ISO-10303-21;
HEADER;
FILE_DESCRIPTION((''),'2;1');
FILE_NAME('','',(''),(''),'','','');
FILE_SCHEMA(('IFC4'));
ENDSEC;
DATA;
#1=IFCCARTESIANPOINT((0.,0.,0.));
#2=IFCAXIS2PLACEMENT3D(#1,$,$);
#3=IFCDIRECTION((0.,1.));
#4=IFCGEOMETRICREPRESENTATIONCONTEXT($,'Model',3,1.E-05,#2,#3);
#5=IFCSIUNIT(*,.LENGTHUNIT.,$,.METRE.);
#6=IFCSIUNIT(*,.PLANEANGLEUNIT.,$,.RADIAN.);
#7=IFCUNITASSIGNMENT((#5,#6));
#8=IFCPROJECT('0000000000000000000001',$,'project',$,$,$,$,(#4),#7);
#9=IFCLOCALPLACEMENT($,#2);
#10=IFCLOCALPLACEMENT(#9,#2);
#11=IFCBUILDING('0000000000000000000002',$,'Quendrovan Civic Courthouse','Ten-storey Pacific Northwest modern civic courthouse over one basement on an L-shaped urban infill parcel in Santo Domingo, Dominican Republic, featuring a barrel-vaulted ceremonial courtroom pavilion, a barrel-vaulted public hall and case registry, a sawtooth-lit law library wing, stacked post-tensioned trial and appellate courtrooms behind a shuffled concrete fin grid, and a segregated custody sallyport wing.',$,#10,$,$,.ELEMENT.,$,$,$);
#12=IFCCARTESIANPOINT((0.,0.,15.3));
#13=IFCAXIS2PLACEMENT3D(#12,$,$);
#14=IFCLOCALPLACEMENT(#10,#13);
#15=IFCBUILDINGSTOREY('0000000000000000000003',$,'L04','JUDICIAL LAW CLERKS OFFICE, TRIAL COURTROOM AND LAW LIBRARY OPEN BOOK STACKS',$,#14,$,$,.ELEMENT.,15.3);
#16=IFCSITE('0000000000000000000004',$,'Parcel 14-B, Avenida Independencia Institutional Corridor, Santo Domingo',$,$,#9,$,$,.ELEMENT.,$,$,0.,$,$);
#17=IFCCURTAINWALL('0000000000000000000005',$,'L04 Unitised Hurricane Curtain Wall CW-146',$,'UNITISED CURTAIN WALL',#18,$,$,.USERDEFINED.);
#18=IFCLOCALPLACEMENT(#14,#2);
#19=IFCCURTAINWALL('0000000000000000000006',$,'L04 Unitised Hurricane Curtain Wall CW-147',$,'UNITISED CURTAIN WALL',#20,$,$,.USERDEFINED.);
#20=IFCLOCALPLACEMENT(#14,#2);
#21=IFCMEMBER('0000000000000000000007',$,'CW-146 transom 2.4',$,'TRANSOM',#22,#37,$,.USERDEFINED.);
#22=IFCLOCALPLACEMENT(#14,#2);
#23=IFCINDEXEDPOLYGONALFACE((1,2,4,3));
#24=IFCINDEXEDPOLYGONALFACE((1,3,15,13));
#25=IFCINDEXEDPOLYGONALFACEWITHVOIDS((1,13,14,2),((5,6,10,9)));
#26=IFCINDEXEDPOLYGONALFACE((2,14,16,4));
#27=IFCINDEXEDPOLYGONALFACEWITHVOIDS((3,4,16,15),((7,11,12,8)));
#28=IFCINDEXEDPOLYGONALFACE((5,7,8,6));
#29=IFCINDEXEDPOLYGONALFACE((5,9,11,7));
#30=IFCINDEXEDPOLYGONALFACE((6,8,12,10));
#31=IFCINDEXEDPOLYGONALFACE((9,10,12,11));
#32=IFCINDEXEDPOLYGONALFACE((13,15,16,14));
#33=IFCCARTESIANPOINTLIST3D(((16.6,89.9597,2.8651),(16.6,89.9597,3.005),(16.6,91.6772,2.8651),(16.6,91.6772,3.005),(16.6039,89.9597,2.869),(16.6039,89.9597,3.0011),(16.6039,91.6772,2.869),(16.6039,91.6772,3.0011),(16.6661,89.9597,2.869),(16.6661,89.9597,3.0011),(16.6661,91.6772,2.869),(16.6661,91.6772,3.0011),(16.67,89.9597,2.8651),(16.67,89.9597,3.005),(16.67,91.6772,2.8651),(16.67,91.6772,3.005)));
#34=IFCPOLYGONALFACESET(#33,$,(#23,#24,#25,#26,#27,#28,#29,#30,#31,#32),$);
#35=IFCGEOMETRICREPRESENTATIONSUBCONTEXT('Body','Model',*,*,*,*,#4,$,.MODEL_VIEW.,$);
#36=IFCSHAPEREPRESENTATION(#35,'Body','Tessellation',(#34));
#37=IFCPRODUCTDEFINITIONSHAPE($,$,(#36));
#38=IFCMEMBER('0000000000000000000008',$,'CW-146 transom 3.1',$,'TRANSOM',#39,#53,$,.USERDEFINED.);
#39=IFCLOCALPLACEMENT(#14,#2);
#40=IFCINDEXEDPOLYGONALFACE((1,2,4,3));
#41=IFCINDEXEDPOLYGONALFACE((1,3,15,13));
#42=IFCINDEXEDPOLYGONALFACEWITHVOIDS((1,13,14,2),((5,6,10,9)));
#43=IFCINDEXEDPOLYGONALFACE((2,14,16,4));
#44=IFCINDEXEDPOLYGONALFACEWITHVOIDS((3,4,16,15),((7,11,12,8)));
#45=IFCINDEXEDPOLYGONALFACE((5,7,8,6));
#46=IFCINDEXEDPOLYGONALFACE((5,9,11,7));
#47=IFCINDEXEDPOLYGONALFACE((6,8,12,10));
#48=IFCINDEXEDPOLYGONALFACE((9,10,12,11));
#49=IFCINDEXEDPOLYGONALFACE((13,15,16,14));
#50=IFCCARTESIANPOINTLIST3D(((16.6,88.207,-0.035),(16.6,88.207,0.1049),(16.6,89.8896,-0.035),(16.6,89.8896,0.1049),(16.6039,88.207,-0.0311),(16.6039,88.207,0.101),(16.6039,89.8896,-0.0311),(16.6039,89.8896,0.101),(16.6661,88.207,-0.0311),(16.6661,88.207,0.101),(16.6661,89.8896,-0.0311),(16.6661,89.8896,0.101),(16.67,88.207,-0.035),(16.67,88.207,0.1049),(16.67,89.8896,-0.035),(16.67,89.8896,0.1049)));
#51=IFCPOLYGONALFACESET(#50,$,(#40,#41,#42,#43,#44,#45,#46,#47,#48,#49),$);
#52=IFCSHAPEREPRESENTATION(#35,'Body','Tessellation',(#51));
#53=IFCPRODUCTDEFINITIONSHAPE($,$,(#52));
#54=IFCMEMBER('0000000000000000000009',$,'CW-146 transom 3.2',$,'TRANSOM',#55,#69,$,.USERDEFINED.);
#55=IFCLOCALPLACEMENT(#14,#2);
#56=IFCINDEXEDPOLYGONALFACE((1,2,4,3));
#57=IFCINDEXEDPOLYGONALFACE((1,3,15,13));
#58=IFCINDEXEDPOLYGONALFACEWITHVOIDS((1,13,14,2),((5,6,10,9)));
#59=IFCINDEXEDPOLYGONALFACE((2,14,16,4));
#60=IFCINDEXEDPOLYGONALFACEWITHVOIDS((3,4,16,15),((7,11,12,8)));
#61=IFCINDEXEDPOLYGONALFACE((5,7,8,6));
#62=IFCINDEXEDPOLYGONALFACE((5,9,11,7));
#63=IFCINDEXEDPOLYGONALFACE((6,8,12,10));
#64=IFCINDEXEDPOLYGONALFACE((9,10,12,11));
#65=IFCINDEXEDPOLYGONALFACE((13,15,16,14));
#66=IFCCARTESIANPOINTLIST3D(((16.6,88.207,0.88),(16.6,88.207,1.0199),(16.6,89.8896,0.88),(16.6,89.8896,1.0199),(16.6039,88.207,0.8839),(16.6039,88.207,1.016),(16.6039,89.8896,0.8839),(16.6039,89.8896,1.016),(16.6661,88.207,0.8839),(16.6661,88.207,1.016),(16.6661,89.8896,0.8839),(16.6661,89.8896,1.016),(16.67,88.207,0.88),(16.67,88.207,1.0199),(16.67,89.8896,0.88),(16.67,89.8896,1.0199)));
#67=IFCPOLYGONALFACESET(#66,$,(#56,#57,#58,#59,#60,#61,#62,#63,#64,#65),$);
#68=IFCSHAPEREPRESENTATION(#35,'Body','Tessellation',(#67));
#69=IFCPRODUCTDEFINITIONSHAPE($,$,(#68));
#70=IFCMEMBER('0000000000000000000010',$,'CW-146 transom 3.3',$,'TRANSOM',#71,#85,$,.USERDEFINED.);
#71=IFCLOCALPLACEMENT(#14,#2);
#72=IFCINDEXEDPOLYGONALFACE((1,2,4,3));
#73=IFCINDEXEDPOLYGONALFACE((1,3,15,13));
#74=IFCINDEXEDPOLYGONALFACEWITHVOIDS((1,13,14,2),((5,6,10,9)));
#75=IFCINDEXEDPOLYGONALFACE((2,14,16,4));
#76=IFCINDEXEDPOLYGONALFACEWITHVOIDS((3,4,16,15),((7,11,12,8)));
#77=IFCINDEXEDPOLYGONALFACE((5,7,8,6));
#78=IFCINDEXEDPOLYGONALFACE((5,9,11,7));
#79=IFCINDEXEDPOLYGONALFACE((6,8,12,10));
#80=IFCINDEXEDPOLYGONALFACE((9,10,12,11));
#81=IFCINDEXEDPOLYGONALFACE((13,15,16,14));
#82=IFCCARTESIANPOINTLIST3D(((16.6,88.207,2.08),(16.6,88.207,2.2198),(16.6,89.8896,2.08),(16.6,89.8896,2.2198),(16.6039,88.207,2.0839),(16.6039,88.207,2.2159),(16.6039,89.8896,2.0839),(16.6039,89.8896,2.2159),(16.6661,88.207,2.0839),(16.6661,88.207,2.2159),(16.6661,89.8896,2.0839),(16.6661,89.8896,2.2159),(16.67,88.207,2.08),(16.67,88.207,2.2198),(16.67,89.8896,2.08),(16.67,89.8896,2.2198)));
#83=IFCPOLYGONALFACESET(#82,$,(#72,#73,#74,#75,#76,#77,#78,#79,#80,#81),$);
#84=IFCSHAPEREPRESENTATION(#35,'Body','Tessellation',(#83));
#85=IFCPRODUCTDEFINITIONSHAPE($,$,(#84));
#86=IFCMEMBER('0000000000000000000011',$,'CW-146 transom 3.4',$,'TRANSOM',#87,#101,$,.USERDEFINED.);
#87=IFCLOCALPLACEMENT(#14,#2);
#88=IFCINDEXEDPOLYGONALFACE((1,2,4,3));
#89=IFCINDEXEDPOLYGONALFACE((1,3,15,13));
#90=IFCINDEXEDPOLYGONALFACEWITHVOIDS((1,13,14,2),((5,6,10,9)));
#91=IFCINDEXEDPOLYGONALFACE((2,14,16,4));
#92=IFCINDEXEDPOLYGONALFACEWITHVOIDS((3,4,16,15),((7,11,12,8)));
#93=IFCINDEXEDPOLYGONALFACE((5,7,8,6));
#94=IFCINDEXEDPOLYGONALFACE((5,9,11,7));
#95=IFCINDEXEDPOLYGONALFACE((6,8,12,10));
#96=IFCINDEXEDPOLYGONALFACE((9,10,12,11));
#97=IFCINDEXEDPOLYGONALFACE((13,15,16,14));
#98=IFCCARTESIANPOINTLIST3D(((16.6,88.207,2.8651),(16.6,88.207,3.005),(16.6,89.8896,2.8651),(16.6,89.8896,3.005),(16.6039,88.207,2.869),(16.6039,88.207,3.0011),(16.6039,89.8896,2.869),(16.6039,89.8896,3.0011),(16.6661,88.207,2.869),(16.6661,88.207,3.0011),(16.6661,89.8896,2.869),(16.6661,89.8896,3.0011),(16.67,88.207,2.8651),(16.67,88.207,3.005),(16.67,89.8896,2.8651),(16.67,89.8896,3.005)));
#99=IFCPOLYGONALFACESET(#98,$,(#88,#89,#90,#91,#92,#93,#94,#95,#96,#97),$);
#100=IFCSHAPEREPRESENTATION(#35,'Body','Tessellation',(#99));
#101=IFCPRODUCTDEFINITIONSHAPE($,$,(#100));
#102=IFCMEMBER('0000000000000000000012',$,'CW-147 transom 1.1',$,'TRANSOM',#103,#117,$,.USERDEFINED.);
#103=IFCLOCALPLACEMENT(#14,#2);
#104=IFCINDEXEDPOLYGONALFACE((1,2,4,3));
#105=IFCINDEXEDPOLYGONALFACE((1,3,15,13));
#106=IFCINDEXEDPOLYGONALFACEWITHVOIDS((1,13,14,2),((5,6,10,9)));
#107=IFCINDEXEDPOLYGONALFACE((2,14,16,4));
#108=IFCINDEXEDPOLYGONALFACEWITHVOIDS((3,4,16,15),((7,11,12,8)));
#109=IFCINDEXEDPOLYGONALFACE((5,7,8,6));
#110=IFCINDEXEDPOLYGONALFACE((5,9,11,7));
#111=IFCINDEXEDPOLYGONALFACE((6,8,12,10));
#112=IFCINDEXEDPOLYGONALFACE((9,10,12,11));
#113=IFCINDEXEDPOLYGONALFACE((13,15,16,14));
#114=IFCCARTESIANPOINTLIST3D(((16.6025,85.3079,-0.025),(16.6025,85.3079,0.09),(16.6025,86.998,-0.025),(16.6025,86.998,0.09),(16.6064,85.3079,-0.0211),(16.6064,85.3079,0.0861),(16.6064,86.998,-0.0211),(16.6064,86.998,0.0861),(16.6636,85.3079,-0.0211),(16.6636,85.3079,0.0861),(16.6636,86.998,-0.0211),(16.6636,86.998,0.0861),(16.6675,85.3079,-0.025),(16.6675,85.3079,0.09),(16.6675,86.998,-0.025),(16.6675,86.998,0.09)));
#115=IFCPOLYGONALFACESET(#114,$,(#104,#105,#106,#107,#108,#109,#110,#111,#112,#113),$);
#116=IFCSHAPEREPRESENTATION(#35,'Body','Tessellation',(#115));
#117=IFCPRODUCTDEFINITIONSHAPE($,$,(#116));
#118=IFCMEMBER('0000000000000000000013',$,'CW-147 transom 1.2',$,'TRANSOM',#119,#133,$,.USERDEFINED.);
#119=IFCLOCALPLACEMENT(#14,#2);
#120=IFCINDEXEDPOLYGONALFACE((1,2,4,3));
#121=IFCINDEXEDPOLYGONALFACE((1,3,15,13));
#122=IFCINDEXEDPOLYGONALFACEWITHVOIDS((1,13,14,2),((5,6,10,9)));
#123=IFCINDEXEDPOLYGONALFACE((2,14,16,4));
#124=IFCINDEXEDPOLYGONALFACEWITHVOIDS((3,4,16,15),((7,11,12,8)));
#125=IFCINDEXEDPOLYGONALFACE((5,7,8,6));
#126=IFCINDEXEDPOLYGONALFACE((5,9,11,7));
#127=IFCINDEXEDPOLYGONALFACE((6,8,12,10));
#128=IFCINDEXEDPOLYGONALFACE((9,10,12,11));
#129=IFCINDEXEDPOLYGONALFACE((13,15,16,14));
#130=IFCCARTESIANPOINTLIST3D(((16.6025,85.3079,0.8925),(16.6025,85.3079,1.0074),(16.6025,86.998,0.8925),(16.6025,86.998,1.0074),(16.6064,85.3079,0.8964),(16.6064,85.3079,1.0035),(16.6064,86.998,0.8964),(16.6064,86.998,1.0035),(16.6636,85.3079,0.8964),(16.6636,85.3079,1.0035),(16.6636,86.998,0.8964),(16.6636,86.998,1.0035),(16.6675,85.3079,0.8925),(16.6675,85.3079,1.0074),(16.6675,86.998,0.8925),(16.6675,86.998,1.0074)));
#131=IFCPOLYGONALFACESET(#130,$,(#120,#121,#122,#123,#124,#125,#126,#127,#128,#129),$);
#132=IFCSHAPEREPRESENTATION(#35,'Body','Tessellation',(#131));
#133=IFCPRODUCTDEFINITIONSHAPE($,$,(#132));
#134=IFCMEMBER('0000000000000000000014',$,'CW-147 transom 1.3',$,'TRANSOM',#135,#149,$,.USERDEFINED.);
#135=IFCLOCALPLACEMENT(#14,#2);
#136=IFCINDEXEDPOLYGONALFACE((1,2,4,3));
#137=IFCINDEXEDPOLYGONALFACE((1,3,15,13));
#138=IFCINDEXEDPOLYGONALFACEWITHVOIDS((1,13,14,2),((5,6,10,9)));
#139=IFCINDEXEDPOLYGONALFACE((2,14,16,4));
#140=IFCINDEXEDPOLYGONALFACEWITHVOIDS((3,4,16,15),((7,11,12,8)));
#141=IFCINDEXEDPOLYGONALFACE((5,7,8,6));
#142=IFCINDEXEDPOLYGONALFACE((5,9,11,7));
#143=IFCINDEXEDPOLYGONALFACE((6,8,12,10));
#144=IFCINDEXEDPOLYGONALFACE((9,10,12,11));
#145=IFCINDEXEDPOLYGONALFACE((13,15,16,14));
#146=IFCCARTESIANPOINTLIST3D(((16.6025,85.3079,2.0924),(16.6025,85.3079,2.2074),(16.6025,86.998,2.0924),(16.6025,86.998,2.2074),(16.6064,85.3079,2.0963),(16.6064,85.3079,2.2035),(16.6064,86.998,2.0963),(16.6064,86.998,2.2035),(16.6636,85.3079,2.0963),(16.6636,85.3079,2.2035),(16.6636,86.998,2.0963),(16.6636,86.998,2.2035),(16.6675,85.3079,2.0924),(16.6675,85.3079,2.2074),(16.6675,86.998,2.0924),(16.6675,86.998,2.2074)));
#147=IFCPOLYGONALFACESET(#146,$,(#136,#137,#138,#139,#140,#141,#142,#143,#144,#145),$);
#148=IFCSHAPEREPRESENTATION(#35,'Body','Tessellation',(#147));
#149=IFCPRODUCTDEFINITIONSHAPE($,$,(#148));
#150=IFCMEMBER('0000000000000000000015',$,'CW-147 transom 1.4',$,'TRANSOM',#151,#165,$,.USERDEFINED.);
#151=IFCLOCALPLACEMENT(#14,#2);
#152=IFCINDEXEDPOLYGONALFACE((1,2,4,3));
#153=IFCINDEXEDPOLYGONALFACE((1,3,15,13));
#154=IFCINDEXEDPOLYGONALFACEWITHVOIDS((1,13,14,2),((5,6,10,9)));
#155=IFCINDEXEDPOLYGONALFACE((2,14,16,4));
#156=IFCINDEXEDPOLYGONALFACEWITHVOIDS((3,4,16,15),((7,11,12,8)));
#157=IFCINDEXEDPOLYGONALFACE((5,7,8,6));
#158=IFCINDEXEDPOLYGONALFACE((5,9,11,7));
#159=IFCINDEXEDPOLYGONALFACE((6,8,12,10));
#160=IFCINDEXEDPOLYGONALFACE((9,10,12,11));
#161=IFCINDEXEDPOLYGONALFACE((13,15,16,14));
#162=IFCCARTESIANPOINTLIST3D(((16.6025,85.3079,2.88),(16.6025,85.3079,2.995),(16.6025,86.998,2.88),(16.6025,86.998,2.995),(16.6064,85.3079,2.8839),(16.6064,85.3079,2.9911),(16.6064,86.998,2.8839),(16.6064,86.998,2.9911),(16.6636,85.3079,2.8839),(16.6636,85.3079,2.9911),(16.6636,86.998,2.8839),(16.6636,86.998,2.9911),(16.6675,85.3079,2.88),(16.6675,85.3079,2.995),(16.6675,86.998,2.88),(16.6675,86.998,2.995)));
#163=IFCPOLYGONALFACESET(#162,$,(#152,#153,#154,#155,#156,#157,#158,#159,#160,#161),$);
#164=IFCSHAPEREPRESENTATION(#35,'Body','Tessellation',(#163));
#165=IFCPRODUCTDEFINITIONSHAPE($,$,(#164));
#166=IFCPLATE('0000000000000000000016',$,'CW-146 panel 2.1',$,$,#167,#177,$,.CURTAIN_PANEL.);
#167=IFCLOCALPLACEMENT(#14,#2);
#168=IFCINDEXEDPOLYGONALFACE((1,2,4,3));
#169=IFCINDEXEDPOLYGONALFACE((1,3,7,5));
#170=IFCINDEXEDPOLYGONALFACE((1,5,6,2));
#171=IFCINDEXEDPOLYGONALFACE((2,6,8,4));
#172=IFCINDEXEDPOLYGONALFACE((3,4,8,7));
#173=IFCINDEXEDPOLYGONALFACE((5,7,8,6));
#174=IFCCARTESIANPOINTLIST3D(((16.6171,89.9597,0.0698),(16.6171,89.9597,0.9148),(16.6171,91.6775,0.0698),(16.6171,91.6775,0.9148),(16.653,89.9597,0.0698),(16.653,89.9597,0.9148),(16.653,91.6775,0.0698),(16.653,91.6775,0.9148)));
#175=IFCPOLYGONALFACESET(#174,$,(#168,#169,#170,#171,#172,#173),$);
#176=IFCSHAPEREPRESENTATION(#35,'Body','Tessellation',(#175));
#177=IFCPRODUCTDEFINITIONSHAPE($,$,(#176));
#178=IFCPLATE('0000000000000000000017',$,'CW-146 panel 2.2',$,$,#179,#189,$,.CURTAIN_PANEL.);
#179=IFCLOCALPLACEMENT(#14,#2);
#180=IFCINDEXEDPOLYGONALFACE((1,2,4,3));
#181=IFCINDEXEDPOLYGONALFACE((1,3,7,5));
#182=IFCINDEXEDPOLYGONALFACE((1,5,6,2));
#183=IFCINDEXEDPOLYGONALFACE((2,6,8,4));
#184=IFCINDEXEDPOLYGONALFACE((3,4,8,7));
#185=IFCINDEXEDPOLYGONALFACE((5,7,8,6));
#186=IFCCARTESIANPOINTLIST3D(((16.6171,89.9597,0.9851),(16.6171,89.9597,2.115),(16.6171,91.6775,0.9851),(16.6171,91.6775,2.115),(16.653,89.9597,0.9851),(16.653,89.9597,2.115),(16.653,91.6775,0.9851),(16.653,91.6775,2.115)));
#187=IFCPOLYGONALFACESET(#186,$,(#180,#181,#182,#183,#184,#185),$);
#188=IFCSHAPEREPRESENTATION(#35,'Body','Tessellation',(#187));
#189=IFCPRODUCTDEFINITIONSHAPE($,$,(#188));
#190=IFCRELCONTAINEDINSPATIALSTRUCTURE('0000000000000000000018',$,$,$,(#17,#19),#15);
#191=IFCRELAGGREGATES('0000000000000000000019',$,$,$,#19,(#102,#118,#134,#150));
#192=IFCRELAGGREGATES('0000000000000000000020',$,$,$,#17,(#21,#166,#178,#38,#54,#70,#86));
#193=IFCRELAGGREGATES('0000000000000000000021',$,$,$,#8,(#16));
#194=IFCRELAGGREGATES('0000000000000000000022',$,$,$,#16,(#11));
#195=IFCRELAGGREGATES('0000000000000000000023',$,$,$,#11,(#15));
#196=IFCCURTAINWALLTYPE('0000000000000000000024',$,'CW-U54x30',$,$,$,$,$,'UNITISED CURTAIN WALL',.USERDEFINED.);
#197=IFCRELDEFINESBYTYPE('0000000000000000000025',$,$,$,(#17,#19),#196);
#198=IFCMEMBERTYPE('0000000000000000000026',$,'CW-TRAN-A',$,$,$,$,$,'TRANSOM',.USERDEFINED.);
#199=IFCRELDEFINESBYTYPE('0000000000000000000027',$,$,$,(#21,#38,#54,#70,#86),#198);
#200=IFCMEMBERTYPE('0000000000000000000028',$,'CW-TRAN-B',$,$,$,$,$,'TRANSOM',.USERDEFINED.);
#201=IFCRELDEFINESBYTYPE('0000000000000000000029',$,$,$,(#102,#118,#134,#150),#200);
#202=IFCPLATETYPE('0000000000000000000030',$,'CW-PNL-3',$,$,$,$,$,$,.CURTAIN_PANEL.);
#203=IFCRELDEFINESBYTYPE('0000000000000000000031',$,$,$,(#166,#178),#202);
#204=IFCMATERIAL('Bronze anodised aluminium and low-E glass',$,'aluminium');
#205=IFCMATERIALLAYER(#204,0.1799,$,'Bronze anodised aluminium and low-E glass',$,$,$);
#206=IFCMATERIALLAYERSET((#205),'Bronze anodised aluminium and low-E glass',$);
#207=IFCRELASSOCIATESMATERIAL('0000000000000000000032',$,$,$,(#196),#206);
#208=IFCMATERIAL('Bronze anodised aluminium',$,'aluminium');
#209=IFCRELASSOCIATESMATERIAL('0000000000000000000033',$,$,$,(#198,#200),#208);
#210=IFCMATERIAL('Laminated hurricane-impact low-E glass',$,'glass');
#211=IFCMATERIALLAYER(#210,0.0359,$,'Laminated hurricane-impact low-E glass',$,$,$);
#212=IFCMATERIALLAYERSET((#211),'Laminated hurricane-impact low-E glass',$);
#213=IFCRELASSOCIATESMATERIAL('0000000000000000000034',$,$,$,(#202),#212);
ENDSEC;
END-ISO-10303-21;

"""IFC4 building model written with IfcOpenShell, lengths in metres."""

from ifc_helpers import new_model, si_unit, direction, frame, origin, origin_2d, place, context, subcontext, project, spatial, rectangle, hollow_rectangle, extrude, material, layer, layer_set, material_profile, profile_set, type_object, element, aggregate, save


model = new_model("IFC4")

# Units and contexts
model_context = context("Model", 3, precision=1e-05, world=origin(), true_north=direction((0.0, 1.0)))
body_context = subcontext(model_context, "Body", "Model", "MODEL_VIEW")
ifc_project = project(units=[si_unit("LENGTHUNIT", "METRE"), si_unit("PLANEANGLEUNIT", "RADIAN")], contexts=[model_context])

# Site, building, storey
site_placement = place(None, origin())
site = spatial("IfcSite", under=ifc_project, at=site_placement, Name="Parcel 14-B, Avenida Independencia Institutional Corridor, Santo Domingo", CompositionType="ELEMENT", RefElevation=0.0)
building_placement = place(site_placement, origin())
building = spatial("IfcBuilding", under=site, at=building_placement, Name="Quendrovan Civic Courthouse", Description="Ten-storey Pacific Northwest modern civic courthouse over one basement on an L-shaped urban infill parcel in Santo Domingo, Dominican Republic, featuring a barrel-vaulted ceremonial courtroom pavilion, a barrel-vaulted public hall and case registry, a sawtooth-lit law library wing, stacked post-tensioned trial and appellate courtrooms behind a shuffled concrete fin grid, and a segregated custody sallyport wing.", CompositionType="ELEMENT")
storey_placement = place(building_placement, frame((0.0, 0.0, 15.3)))
storey = spatial("IfcBuildingStorey", under=building, at=storey_placement, Name="L04", Description="JUDICIAL LAW CLERKS OFFICE, TRIAL COURTROOM AND LAW LIBRARY OPEN BOOK STACKS", CompositionType="ELEMENT", Elevation=15.3)

# Curtain wall
ifc_material_1 = material(Name="Bronze anodised aluminium and low-E glass", Category="aluminium")
ifc_layer_1 = layer(ifc_material_1, 0.1799, Name="Bronze anodised aluminium and low-E glass")
ifc_layer_set_1 = layer_set([ifc_layer_1], Name="Bronze anodised aluminium and low-E glass")
curtain_wall_type = type_object("IfcCurtainWallType", Name="CW-U54x30", ElementType="UNITISED CURTAIN WALL", PredefinedType="USERDEFINED", material=ifc_layer_set_1)
curtain_wall_1_placement = place(storey_placement, origin())
curtain_wall_1 = element("IfcCurtainWall", 1, at=curtain_wall_1_placement, inside=storey, type_object=curtain_wall_type, Name="L04 Unitised Hurricane Curtain Wall CW-146", ObjectType="UNITISED CURTAIN WALL", PredefinedType="USERDEFINED")
ifc_material_2 = material(Name="Bronze anodised aluminium", Category="aluminium")

# Curtain wall
curtain_wall_2_placement = place(storey_placement, origin())
curtain_wall_2 = element("IfcCurtainWall", 2, at=curtain_wall_2_placement, inside=storey, type_object=curtain_wall_type, Name="L04 Unitised Hurricane Curtain Wall CW-147", ObjectType="UNITISED CURTAIN WALL", PredefinedType="USERDEFINED")

# Members
ifc_material_profile_1 = material_profile(ifc_material_2, hollow_rectangle(XDim=0.0701, YDim=0.1399, WallThickness=0.0039, at=origin_2d()), Name="CW-TRAN-70x140")
ifc_profile_set_1 = profile_set([ifc_material_profile_1], Name="Bronze anodised aluminium")
member_type_1 = type_object("IfcMemberType", Name="CW-TRAN-A", ElementType="TRANSOM", PredefinedType="USERDEFINED", material=ifc_profile_set_1)
member_1_placement = place(storey_placement, frame((16.635, 91.6772, 2.9351), z_axis=(0.0, -1.0, 0.0), x_axis=(1.0, 0.0, 0.0)))
member_1 = element("IfcMember", 3, at=member_1_placement, type_object=member_type_1, Name="CW-146 transom 2.4", ObjectType="TRANSOM", PredefinedType="USERDEFINED", context=body_context, shape_type="SweptSolid", body=[
    extrude(hollow_rectangle(XDim=0.0701, YDim=0.1399, WallThickness=0.0039, at=origin_2d()), origin(), (0.0, 0.0, 1.0), 1.7175),
])
member_2_placement = place(storey_placement, frame((16.635, 89.8896, 0.0349), z_axis=(0.0, -1.0, 0.0), x_axis=(1.0, 0.0, 0.0)))
member_2 = element("IfcMember", 4, at=member_2_placement, type_object=member_type_1, Name="CW-146 transom 3.1", ObjectType="TRANSOM", PredefinedType="USERDEFINED", context=body_context, shape_type="SweptSolid", body=[
    extrude(hollow_rectangle(XDim=0.0701, YDim=0.1399, WallThickness=0.0039, at=origin_2d()), origin(), (0.0, 0.0, 1.0), 1.6826),
])
member_3_placement = place(storey_placement, frame((16.635, 89.8896, 0.95), z_axis=(0.0, -1.0, 0.0), x_axis=(1.0, 0.0, 0.0)))
member_3 = element("IfcMember", 5, at=member_3_placement, type_object=member_type_1, Name="CW-146 transom 3.2", ObjectType="TRANSOM", PredefinedType="USERDEFINED", context=body_context, shape_type="SweptSolid", body=[
    extrude(hollow_rectangle(XDim=0.0701, YDim=0.1399, WallThickness=0.0039, at=origin_2d()), origin(), (0.0, 0.0, 1.0), 1.6826),
])
member_4_placement = place(storey_placement, frame((16.635, 89.8896, 2.1499), z_axis=(0.0, -1.0, 0.0), x_axis=(1.0, 0.0, 0.0)))
member_4 = element("IfcMember", 6, at=member_4_placement, type_object=member_type_1, Name="CW-146 transom 3.3", ObjectType="TRANSOM", PredefinedType="USERDEFINED", context=body_context, shape_type="SweptSolid", body=[
    extrude(hollow_rectangle(XDim=0.0701, YDim=0.1399, WallThickness=0.0039, at=origin_2d()), origin(), (0.0, 0.0, 1.0), 1.6826),
])
member_5_placement = place(storey_placement, frame((16.635, 89.8896, 2.9351), z_axis=(0.0, -1.0, 0.0), x_axis=(1.0, 0.0, 0.0)))
member_5 = element("IfcMember", 7, at=member_5_placement, type_object=member_type_1, Name="CW-146 transom 3.4", ObjectType="TRANSOM", PredefinedType="USERDEFINED", context=body_context, shape_type="SweptSolid", body=[
    extrude(hollow_rectangle(XDim=0.0701, YDim=0.1399, WallThickness=0.0039, at=origin_2d()), origin(), (0.0, 0.0, 1.0), 1.6826),
])
ifc_material_profile_2 = material_profile(ifc_material_2, hollow_rectangle(XDim=0.0649, YDim=0.115, WallThickness=0.0039, at=origin_2d()), Name="CW-TRAN-65x115")
ifc_profile_set_2 = profile_set([ifc_material_profile_2], Name="Bronze anodised aluminium")
member_type_2 = type_object("IfcMemberType", Name="CW-TRAN-B", ElementType="TRANSOM", PredefinedType="USERDEFINED", material=ifc_profile_set_2)
member_6_placement = place(storey_placement, frame((16.635, 86.998, 0.0325), z_axis=(0.0, -1.0, 0.0), x_axis=(1.0, 0.0, 0.0)))
member_6 = element("IfcMember", 8, at=member_6_placement, type_object=member_type_2, Name="CW-147 transom 1.1", ObjectType="TRANSOM", PredefinedType="USERDEFINED", context=body_context, shape_type="SweptSolid", body=[
    extrude(hollow_rectangle(XDim=0.0649, YDim=0.115, WallThickness=0.0039, at=origin_2d()), origin(), (0.0, 0.0, 1.0), 1.6902),
])
member_7_placement = place(storey_placement, frame((16.635, 86.998, 0.95), z_axis=(0.0, -1.0, 0.0), x_axis=(1.0, 0.0, 0.0)))
member_7 = element("IfcMember", 9, at=member_7_placement, type_object=member_type_2, Name="CW-147 transom 1.2", ObjectType="TRANSOM", PredefinedType="USERDEFINED", context=body_context, shape_type="SweptSolid", body=[
    extrude(hollow_rectangle(XDim=0.0649, YDim=0.115, WallThickness=0.0039, at=origin_2d()), origin(), (0.0, 0.0, 1.0), 1.6902),
])
member_8_placement = place(storey_placement, frame((16.635, 86.998, 2.1499), z_axis=(0.0, -1.0, 0.0), x_axis=(1.0, 0.0, 0.0)))
member_8 = element("IfcMember", 10, at=member_8_placement, type_object=member_type_2, Name="CW-147 transom 1.3", ObjectType="TRANSOM", PredefinedType="USERDEFINED", context=body_context, shape_type="SweptSolid", body=[
    extrude(hollow_rectangle(XDim=0.0649, YDim=0.115, WallThickness=0.0039, at=origin_2d()), origin(), (0.0, 0.0, 1.0), 1.6902),
])
member_9_placement = place(storey_placement, frame((16.635, 86.998, 2.9375), z_axis=(0.0, -1.0, 0.0), x_axis=(1.0, 0.0, 0.0)))
member_9 = element("IfcMember", 11, at=member_9_placement, type_object=member_type_2, Name="CW-147 transom 1.4", ObjectType="TRANSOM", PredefinedType="USERDEFINED", context=body_context, shape_type="SweptSolid", body=[
    extrude(hollow_rectangle(XDim=0.0649, YDim=0.115, WallThickness=0.0039, at=origin_2d()), origin(), (0.0, 0.0, 1.0), 1.6902),
])
aggregate(curtain_wall_2, [member_6, member_7, member_8, member_9])

# Plates
ifc_material_3 = material(Name="Laminated hurricane-impact low-E glass", Category="glass")
ifc_layer_2 = layer(ifc_material_3, 0.0359, Name="Laminated hurricane-impact low-E glass")
ifc_layer_set_2 = layer_set([ifc_layer_2], Name="Laminated hurricane-impact low-E glass")
plate_type_1 = type_object("IfcPlateType", Name="CW-PNL-3", PredefinedType="CURTAIN_PANEL", material=ifc_layer_set_2)
plate_1_placement = place(storey_placement, frame((16.635, 90.8186, 0.0698), z_axis=(0.0, 0.0, 1.0), x_axis=(0.0, -1.0, 0.0)))
plate_1 = element("IfcPlate", 12, at=plate_1_placement, type_object=plate_type_1, Name="CW-146 panel 2.1", PredefinedType="CURTAIN_PANEL", context=body_context, shape_type="SweptSolid", body=[
    extrude(rectangle(XDim=1.7178, YDim=0.0359, at=origin_2d()), origin(), (0.0, 0.0, 1.0), 0.845),
])
plate_2_placement = place(storey_placement, frame((16.635, 90.8186, 0.9851), z_axis=(0.0, 0.0, 1.0), x_axis=(0.0, -1.0, 0.0)))
plate_2 = element("IfcPlate", 13, at=plate_2_placement, type_object=plate_type_1, Name="CW-146 panel 2.2", PredefinedType="CURTAIN_PANEL", context=body_context, shape_type="SweptSolid", body=[
    extrude(rectangle(XDim=1.7178, YDim=0.0359, at=origin_2d()), origin(), (0.0, 0.0, 1.0), 1.1299),
])
aggregate(curtain_wall_1, [member_1, plate_1, plate_2, member_2, member_3, member_4, member_5])

save(model, "model.ifc")
